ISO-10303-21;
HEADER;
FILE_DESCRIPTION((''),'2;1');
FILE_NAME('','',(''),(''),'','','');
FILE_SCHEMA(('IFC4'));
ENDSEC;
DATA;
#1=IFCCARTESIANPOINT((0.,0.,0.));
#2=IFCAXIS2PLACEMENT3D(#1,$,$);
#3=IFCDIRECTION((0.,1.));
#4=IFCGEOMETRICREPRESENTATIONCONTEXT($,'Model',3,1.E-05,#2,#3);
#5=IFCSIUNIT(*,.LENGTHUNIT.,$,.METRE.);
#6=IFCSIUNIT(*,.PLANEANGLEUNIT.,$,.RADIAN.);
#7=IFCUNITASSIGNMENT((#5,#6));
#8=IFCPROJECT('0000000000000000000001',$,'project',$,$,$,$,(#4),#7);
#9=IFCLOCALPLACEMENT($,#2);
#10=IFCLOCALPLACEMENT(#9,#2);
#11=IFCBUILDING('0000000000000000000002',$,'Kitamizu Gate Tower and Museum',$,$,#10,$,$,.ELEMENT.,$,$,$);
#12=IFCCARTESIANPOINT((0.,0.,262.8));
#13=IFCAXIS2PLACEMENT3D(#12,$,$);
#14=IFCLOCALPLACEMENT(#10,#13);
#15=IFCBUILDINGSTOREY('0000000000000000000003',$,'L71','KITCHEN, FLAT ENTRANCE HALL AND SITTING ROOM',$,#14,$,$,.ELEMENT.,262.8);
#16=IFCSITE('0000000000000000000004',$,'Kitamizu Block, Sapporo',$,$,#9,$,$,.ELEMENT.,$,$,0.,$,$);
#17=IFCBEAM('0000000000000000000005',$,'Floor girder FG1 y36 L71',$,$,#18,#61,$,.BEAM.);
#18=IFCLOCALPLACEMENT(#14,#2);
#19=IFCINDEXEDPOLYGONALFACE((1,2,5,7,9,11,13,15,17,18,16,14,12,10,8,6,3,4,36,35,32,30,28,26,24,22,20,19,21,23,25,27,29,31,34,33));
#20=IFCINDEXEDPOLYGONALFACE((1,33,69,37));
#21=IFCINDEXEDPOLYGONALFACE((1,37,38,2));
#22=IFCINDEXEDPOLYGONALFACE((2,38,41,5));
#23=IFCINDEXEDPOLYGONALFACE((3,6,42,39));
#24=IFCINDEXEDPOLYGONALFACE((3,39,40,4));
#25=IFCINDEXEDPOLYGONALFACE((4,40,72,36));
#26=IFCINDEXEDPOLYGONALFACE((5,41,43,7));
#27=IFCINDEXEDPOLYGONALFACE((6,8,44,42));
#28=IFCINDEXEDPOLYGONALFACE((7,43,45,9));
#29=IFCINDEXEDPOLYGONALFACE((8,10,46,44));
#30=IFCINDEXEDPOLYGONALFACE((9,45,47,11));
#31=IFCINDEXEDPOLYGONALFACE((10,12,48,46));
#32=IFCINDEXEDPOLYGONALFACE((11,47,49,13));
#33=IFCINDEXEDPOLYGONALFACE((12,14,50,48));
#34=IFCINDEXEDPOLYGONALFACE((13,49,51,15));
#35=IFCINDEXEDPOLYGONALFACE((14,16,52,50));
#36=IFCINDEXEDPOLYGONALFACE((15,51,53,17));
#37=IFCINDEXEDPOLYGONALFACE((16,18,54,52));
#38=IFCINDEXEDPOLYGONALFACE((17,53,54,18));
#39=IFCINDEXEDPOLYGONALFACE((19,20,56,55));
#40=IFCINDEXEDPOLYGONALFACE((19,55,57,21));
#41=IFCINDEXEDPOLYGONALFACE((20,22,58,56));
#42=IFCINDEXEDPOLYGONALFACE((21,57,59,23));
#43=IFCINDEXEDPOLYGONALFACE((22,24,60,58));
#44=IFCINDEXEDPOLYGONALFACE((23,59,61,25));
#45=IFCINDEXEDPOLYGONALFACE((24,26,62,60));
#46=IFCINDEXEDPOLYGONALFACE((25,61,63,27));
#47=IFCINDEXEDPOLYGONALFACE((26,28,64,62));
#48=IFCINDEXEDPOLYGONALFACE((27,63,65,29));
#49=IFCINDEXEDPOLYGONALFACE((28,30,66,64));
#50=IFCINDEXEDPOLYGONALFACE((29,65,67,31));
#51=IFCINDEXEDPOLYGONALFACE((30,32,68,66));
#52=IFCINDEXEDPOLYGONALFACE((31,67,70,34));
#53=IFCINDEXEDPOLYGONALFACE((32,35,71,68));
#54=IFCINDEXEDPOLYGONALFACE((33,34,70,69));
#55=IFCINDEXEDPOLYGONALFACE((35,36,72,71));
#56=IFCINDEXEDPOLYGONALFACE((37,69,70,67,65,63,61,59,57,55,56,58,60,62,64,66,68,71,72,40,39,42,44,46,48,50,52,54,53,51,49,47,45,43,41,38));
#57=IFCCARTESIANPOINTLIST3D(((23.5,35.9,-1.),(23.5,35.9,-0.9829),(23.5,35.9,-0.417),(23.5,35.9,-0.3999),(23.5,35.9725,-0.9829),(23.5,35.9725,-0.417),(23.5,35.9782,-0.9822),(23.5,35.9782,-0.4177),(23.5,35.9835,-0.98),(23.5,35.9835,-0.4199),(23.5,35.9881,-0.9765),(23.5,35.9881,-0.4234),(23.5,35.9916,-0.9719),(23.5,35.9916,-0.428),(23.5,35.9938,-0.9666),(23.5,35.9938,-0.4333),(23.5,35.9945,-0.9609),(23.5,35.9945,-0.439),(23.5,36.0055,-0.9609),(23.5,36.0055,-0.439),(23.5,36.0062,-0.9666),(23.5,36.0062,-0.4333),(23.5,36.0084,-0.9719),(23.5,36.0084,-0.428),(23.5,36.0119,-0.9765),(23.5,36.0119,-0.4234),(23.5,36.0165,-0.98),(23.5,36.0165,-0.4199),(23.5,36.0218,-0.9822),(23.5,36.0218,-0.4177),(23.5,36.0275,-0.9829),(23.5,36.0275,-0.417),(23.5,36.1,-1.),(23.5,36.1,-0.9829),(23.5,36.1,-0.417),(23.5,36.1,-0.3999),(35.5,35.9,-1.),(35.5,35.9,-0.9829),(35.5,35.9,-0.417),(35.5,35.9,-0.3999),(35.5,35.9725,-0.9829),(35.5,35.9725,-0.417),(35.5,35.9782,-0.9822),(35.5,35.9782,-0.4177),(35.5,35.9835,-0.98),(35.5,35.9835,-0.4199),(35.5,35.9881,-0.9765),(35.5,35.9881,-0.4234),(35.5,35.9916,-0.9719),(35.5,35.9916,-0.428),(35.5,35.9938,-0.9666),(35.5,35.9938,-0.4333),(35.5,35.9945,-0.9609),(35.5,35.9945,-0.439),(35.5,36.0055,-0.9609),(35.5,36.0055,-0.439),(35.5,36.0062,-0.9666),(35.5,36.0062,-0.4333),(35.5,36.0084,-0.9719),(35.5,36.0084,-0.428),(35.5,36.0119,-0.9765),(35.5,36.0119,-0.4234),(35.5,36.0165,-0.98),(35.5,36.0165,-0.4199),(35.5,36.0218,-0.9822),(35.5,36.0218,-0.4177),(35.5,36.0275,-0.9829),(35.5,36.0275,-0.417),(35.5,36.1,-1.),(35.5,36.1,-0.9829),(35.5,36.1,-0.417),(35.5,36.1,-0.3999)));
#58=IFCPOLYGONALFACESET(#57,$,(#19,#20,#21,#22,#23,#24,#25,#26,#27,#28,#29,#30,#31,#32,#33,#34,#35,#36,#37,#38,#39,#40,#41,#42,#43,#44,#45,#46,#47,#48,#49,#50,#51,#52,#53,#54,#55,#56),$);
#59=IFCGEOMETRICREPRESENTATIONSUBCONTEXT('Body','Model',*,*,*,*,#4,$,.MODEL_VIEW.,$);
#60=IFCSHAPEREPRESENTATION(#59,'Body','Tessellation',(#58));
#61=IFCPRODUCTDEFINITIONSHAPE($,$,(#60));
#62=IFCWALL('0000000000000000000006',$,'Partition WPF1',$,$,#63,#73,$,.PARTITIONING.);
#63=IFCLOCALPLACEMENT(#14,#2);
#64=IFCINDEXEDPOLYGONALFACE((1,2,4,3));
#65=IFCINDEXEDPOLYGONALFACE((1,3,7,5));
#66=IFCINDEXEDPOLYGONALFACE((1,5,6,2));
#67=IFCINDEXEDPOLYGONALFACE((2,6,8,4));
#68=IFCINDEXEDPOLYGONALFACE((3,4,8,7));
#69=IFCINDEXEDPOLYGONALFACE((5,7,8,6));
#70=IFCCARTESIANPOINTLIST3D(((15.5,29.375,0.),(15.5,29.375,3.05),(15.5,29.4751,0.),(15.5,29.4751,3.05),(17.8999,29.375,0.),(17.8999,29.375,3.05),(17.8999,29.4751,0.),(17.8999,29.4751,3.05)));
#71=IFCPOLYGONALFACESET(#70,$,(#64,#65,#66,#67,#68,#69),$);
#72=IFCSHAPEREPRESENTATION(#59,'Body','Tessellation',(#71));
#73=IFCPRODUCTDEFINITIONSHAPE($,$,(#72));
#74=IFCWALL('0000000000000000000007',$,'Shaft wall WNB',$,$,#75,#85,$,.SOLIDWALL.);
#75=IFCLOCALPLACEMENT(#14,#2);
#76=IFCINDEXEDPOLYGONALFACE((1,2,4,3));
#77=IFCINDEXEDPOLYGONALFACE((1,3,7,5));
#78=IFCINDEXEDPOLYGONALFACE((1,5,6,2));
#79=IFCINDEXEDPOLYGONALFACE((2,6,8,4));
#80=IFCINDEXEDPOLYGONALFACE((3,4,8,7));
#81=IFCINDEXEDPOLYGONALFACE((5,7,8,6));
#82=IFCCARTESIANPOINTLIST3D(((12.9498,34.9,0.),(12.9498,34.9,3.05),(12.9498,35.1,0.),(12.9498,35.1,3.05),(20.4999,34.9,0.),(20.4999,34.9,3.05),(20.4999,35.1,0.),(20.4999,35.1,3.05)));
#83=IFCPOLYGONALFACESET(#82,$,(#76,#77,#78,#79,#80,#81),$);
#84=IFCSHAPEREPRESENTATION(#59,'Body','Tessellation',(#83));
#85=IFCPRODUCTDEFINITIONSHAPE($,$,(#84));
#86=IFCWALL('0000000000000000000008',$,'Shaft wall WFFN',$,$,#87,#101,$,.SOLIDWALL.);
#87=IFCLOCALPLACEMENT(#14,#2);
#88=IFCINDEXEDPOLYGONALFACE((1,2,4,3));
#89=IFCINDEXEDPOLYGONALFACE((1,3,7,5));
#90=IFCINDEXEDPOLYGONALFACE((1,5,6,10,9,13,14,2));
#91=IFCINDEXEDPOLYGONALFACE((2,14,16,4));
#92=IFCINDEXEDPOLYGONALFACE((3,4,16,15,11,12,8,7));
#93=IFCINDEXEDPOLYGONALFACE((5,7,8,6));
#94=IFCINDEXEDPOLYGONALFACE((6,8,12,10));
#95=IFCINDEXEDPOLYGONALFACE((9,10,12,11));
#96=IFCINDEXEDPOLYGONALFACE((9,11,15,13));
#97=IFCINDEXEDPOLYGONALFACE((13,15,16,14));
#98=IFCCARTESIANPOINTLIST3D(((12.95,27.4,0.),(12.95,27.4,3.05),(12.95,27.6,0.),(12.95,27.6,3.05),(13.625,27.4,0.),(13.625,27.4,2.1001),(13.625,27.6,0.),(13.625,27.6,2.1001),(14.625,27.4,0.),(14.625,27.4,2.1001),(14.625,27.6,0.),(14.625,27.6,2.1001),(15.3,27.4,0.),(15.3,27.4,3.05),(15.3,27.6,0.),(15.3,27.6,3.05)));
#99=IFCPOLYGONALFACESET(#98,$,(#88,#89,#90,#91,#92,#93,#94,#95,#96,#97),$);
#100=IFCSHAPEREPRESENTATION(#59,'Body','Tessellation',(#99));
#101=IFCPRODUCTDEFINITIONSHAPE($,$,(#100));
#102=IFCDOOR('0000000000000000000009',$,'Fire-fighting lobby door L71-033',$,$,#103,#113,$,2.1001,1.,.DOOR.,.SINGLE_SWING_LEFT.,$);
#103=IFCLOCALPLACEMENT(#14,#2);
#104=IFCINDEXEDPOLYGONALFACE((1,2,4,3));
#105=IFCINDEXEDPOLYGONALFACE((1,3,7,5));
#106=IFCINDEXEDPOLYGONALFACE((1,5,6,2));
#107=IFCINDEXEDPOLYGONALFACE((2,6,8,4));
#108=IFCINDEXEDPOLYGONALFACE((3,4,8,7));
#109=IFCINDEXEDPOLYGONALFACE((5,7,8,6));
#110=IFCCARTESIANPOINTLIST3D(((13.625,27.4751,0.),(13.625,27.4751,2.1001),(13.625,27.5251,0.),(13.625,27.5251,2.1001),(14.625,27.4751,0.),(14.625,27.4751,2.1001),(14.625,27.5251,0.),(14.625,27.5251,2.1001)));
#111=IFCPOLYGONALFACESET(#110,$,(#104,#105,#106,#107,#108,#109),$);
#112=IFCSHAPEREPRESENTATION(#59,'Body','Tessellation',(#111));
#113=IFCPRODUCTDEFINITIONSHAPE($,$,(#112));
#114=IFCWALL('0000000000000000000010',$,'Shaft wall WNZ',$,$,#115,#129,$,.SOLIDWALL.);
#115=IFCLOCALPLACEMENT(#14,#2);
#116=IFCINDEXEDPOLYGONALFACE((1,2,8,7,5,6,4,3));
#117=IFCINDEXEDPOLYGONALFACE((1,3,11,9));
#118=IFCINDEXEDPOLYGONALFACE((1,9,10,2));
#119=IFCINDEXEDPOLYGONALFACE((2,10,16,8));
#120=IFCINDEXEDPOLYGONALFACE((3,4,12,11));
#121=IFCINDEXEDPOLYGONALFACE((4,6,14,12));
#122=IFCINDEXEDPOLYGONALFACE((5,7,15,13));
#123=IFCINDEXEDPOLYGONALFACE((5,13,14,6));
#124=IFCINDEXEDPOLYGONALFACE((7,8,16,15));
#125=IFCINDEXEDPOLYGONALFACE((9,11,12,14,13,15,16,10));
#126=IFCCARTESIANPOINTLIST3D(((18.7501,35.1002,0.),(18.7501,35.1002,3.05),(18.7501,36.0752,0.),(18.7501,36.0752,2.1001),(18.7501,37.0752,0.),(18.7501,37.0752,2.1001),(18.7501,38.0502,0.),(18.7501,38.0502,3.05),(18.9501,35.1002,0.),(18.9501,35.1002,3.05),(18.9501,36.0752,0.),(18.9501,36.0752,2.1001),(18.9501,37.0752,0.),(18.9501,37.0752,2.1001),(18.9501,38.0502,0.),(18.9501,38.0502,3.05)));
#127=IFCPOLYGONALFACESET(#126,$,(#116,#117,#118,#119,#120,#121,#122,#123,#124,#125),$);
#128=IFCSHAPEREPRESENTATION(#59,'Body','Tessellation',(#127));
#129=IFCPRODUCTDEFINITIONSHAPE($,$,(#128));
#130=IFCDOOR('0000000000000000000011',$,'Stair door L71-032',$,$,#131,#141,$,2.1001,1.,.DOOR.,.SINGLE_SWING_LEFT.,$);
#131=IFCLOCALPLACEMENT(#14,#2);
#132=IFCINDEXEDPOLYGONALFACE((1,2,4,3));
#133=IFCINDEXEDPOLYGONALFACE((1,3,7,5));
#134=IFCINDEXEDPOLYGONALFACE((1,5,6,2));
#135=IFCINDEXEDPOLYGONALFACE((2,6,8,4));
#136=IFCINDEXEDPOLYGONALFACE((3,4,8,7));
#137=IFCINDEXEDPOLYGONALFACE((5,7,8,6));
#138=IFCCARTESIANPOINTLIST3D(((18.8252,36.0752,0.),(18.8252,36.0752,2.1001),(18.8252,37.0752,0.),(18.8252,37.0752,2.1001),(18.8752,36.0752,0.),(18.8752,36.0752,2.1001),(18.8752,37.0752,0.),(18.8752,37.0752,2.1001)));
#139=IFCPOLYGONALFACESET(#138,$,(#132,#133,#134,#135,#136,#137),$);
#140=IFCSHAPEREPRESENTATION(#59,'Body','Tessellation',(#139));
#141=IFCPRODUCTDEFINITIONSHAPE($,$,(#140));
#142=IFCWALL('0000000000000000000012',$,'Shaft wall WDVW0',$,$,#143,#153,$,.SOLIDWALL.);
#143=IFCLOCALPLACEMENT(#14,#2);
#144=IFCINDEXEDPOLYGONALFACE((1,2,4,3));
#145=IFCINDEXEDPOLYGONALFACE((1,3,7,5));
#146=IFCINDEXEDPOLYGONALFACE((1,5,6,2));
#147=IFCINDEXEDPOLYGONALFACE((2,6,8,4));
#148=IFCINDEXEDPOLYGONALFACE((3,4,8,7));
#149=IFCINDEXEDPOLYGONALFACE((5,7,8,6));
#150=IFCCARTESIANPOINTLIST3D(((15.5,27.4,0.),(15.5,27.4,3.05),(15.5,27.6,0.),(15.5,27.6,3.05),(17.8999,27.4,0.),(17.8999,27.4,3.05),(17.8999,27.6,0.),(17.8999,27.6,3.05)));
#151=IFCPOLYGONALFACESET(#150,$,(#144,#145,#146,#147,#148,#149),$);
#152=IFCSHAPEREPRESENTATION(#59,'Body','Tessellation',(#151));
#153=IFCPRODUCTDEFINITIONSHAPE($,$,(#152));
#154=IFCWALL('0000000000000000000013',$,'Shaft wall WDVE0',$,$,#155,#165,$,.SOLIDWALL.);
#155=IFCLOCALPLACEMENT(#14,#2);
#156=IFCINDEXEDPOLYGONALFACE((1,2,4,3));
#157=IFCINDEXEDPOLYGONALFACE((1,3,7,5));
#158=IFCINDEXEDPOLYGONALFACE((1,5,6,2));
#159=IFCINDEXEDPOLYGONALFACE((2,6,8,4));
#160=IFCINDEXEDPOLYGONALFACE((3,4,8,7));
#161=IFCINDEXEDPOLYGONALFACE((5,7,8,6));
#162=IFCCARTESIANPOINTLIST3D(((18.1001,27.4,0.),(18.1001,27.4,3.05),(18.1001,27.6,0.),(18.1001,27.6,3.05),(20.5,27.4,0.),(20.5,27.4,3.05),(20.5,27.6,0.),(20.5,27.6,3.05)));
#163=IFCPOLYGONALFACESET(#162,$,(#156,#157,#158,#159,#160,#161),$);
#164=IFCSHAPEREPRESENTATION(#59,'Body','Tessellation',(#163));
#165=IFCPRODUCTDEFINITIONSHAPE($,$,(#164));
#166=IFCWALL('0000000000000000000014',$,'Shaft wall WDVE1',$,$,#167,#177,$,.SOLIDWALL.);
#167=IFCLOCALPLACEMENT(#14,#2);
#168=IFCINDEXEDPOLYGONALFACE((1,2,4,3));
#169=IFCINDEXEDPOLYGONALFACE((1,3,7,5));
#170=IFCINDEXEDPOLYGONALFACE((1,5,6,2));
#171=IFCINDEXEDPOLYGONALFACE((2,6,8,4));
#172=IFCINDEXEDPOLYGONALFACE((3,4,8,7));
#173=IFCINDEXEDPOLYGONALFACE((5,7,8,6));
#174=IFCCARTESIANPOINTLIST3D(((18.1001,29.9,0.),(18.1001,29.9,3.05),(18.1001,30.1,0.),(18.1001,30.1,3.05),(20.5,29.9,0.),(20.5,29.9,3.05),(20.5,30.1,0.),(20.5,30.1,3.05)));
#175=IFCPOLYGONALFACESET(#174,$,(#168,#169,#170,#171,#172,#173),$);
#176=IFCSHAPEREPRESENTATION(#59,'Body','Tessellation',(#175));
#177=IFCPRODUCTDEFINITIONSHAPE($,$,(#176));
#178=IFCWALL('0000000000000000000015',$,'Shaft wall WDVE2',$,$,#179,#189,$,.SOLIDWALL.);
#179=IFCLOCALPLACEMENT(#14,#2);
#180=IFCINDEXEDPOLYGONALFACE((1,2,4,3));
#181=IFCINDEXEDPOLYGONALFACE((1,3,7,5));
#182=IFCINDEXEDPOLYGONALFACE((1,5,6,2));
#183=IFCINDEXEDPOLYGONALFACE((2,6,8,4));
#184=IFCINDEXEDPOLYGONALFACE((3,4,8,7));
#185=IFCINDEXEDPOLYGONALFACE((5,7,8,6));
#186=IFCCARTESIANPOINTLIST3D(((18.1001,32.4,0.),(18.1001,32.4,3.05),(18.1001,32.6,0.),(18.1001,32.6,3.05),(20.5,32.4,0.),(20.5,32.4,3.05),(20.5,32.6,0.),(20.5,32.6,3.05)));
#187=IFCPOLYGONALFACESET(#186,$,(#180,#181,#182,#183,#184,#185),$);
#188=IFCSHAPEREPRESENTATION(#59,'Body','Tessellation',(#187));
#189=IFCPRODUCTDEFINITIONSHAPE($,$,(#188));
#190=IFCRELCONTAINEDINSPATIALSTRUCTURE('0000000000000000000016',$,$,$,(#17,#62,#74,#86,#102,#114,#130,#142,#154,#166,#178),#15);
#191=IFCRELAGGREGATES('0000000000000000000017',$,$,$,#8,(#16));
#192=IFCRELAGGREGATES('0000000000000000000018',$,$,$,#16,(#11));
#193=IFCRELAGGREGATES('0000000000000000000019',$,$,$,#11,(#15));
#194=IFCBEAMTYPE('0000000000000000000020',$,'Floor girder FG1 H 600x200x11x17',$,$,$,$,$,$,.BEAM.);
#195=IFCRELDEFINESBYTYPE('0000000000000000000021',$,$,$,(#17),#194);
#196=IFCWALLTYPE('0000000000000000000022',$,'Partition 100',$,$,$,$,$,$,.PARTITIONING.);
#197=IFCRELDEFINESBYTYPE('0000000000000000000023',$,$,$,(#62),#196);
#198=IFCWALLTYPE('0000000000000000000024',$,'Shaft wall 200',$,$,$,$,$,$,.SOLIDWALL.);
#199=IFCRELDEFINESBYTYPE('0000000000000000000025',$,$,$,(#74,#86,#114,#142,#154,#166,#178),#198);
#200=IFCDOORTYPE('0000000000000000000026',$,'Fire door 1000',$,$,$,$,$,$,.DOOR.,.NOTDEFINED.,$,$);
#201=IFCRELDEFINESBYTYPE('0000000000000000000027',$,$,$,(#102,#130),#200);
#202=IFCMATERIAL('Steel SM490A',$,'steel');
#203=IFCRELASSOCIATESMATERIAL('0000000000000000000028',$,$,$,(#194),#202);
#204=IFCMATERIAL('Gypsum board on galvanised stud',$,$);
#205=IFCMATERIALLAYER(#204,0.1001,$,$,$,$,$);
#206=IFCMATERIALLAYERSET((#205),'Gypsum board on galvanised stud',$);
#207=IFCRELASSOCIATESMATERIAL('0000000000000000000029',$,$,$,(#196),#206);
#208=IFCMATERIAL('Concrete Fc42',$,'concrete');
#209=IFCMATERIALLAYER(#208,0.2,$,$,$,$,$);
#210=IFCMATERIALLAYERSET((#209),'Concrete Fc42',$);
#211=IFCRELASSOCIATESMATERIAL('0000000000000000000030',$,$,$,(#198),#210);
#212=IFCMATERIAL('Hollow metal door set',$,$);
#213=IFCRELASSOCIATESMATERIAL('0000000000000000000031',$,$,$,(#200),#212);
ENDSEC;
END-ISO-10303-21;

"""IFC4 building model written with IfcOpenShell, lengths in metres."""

from ifc_helpers import new_model, si_unit, direction, frame, frame_2d, origin, origin_2d, place, context, subcontext, project, spatial, rectangle, i_section, extrude, material, layer, layer_set, material_profile, profile_set, type_object, element, fill, save


model = new_model("IFC4")

# Units and contexts
model_context = context("Model", 3, precision=1e-05, world=origin(), true_north=direction((0.0, 1.0)))
body_context = subcontext(model_context, "Body", "Model", "MODEL_VIEW")
ifc_project = project(units=[si_unit("LENGTHUNIT", "METRE"), si_unit("PLANEANGLEUNIT", "RADIAN")], contexts=[model_context])

# Site, building, storey
site_placement = place(None, origin())
site = spatial("IfcSite", under=ifc_project, at=site_placement, Name="Kitamizu Block, Sapporo", CompositionType="ELEMENT", RefElevation=0.0)
building_placement = place(site_placement, origin())
building = spatial("IfcBuilding", under=site, at=building_placement, Name="Kitamizu Gate Tower and Museum", CompositionType="ELEMENT")
storey_placement = place(building_placement, frame((0.0, 0.0, 262.8)))
storey = spatial("IfcBuildingStorey", under=building, at=storey_placement, Name="L71", Description="KITCHEN, FLAT ENTRANCE HALL AND SITTING ROOM", CompositionType="ELEMENT", Elevation=262.8)

# Beam
ifc_material_1 = material(Name="Steel SM490A", Category="steel")
ifc_material_profile = material_profile(ifc_material_1, i_section(OverallWidth=0.2, OverallDepth=0.6001, WebThickness=0.011, FlangeThickness=0.0171, FilletRadius=0.022, at=origin_2d()), Name="H-600x200x11x17")
ifc_profile_set = profile_set([ifc_material_profile], Name="Steel SM490A")
beam_type = type_object("IfcBeamType", Name="Floor girder FG1 H 600x200x11x17", PredefinedType="BEAM", material=ifc_profile_set)
beam_placement = place(storey_placement, frame((23.5, 36.0, -0.7), z_axis=(1.0, 0.0, 0.0), x_axis=(0.0, 1.0, 0.0)))
element("IfcBeam", 1, at=beam_placement, inside=storey, type_object=beam_type, Name="Floor girder FG1 y36 L71", PredefinedType="BEAM", context=body_context, shape_type="SweptSolid", body=[
    extrude(i_section(OverallWidth=0.2, OverallDepth=0.6001, WebThickness=0.011, FlangeThickness=0.0171, FilletRadius=0.022, at=origin_2d()), origin(), (0.0, 0.0, 1.0), 12.0),
])

# Walls
ifc_material_2 = material(Name="Gypsum board on galvanised stud")
ifc_layer_1 = layer(ifc_material_2, 0.1001)
ifc_layer_set_1 = layer_set([ifc_layer_1], Name="Gypsum board on galvanised stud")
wall_type_1 = type_object("IfcWallType", Name="Partition 100", PredefinedType="PARTITIONING", material=ifc_layer_set_1)
wall_1_placement = place(storey_placement, frame((15.5, 29.425, 0.0), z_axis=(0.0, 0.0, 1.0), x_axis=(1.0, 0.0, 0.0)))
element("IfcWall", 2, at=wall_1_placement, inside=storey, type_object=wall_type_1, Name="Partition WPF1", PredefinedType="PARTITIONING", context=body_context, shape_type="SweptSolid", body=[
    extrude(rectangle(XDim=2.3999, YDim=0.1001, at=frame_2d((1.2, 0.0))), origin(), (0.0, 0.0, 1.0), 3.05),
])
ifc_material_3 = material(Name="Concrete Fc42", Category="concrete")
ifc_layer_2 = layer(ifc_material_3, 0.2)
ifc_layer_set_2 = layer_set([ifc_layer_2], Name="Concrete Fc42")
wall_type_2 = type_object("IfcWallType", Name="Shaft wall 200", PredefinedType="SOLIDWALL", material=ifc_layer_set_2)
wall_2_placement = place(storey_placement, frame((12.95, 35.0, 0.0), z_axis=(0.0, 0.0, 1.0), x_axis=(1.0, 0.0, 0.0)))
element("IfcWall", 3, at=wall_2_placement, inside=storey, type_object=wall_type_2, Name="Shaft wall WNB", PredefinedType="SOLIDWALL", context=body_context, shape_type="SweptSolid", body=[
    extrude(rectangle(XDim=7.55, YDim=0.2, at=frame_2d((3.7749, 0.0))), origin(), (0.0, 0.0, 1.0), 3.05),
])

# Walls, openings, doors
wall_3_placement = place(storey_placement, frame((12.95, 27.5, 0.0), z_axis=(0.0, 0.0, 1.0), x_axis=(1.0, 0.0, 0.0)))
wall_3 = element("IfcWall", 4, at=wall_3_placement, inside=storey, type_object=wall_type_2, Name="Shaft wall WFFN", PredefinedType="SOLIDWALL", context=body_context, shape_type="SweptSolid", body=[
    extrude(rectangle(XDim=2.3501, YDim=0.2, at=frame_2d((1.175, 0.0))), origin(), (0.0, 0.0, 1.0), 3.05),
])
opening_1_placement = place(wall_3_placement, frame((0.675, 0.0, 0.0)))
opening_1 = element("IfcOpeningElement", 5, at=opening_1_placement, cuts=wall_3, PredefinedType="OPENING", context=body_context, shape_type="SweptSolid", body=[
    extrude(rectangle(XDim=1.0, YDim=2.1001, at=frame_2d((0.5, 1.05))), frame((0.0, 0.1099, 0.0), z_axis=(0.0, -1.0, 0.0), x_axis=(1.0, 0.0, 0.0)), (0.0, 0.0, 1.0), 0.22),
])
ifc_material_4 = material(Name="Hollow metal door set")
door_type = type_object("IfcDoorType", Name="Fire door 1000", OperationType="NOTDEFINED", PredefinedType="DOOR", material=ifc_material_4)
door_1_placement = place(opening_1_placement, frame((1.0, 0.0, 0.0), x_axis=(-1.0, 0.0, 0.0)))
door_1 = element("IfcDoor", 6, at=door_1_placement, inside=storey, type_object=door_type, Name="Fire-fighting lobby door L71-033", OperationType="SINGLE_SWING_LEFT", OverallHeight=2.1001, OverallWidth=1.0, PredefinedType="DOOR", context=body_context, shape_type="SweptSolid", body=[
    extrude(rectangle(XDim=1.0, YDim=2.1001, at=frame_2d((0.5, 1.05))), frame((0.0, 0.0249, 0.0), z_axis=(0.0, -1.0, 0.0), x_axis=(1.0, 0.0, 0.0)), (0.0, 0.0, 1.0), 0.05),
])
fill(opening_1, door_1)
wall_4_placement = place(storey_placement, frame((18.8501, 35.1001, 0.0), z_axis=(0.0, 0.0, 1.0), x_axis=(0.0, 1.0, 0.0)))
wall_4 = element("IfcWall", 7, at=wall_4_placement, inside=storey, type_object=wall_type_2, Name="Shaft wall WNZ", PredefinedType="SOLIDWALL", context=body_context, shape_type="SweptSolid", body=[
    extrude(rectangle(XDim=2.95, YDim=0.2, at=frame_2d((1.4751, 0.0))), origin(), (0.0, 0.0, 1.0), 3.05),
])
opening_2_placement = place(wall_4_placement, frame((0.9751, 0.0, 0.0)))
opening_2 = element("IfcOpeningElement", 8, at=opening_2_placement, cuts=wall_4, PredefinedType="OPENING", context=body_context, shape_type="SweptSolid", body=[
    extrude(rectangle(XDim=1.0, YDim=2.1001, at=frame_2d((0.5, 1.05))), frame((0.0, 0.1099, 0.0), z_axis=(0.0, -1.0, 0.0), x_axis=(1.0, 0.0, 0.0)), (0.0, 0.0, 1.0), 0.22),
])
door_2_placement = place(opening_2_placement, origin())
door_2 = element("IfcDoor", 9, at=door_2_placement, inside=storey, type_object=door_type, Name="Stair door L71-032", OperationType="SINGLE_SWING_LEFT", OverallHeight=2.1001, OverallWidth=1.0, PredefinedType="DOOR", context=body_context, shape_type="SweptSolid", body=[
    extrude(rectangle(XDim=1.0, YDim=2.1001, at=frame_2d((0.5, 1.05))), frame((0.0, 0.0249, 0.0), z_axis=(0.0, -1.0, 0.0), x_axis=(1.0, 0.0, 0.0)), (0.0, 0.0, 1.0), 0.05),
])
fill(opening_2, door_2)

# Walls
for number, where, z_axis, x_axis, name in (
    (10, (15.5, 27.5, 0.0), (0.0, 0.0, 1.0), (1.0, 0.0, 0.0), "Shaft wall WDVW0"),
    (11, (18.1001, 27.5, 0.0), (0.0, 0.0, 1.0), (1.0, 0.0, 0.0), "Shaft wall WDVE0"),
    (12, (18.1001, 30.0, 0.0), (0.0, 0.0, 1.0), (1.0, 0.0, 0.0), "Shaft wall WDVE1"),
    (13, (18.1001, 32.5, 0.0), (0.0, 0.0, 1.0), (1.0, 0.0, 0.0), "Shaft wall WDVE2"),
):
    element("IfcWall", number, at=place(storey_placement, frame(where, z_axis=z_axis, x_axis=x_axis)), inside=storey, type_object=wall_type_2, Name=name, PredefinedType="SOLIDWALL", context=body_context, shape_type="SweptSolid", body=[
        extrude(rectangle(XDim=2.3999, YDim=0.2, at=frame_2d((1.2, 0.0))), origin(), (0.0, 0.0, 1.0), 3.05),
    ])

save(model, "model.ifc")
